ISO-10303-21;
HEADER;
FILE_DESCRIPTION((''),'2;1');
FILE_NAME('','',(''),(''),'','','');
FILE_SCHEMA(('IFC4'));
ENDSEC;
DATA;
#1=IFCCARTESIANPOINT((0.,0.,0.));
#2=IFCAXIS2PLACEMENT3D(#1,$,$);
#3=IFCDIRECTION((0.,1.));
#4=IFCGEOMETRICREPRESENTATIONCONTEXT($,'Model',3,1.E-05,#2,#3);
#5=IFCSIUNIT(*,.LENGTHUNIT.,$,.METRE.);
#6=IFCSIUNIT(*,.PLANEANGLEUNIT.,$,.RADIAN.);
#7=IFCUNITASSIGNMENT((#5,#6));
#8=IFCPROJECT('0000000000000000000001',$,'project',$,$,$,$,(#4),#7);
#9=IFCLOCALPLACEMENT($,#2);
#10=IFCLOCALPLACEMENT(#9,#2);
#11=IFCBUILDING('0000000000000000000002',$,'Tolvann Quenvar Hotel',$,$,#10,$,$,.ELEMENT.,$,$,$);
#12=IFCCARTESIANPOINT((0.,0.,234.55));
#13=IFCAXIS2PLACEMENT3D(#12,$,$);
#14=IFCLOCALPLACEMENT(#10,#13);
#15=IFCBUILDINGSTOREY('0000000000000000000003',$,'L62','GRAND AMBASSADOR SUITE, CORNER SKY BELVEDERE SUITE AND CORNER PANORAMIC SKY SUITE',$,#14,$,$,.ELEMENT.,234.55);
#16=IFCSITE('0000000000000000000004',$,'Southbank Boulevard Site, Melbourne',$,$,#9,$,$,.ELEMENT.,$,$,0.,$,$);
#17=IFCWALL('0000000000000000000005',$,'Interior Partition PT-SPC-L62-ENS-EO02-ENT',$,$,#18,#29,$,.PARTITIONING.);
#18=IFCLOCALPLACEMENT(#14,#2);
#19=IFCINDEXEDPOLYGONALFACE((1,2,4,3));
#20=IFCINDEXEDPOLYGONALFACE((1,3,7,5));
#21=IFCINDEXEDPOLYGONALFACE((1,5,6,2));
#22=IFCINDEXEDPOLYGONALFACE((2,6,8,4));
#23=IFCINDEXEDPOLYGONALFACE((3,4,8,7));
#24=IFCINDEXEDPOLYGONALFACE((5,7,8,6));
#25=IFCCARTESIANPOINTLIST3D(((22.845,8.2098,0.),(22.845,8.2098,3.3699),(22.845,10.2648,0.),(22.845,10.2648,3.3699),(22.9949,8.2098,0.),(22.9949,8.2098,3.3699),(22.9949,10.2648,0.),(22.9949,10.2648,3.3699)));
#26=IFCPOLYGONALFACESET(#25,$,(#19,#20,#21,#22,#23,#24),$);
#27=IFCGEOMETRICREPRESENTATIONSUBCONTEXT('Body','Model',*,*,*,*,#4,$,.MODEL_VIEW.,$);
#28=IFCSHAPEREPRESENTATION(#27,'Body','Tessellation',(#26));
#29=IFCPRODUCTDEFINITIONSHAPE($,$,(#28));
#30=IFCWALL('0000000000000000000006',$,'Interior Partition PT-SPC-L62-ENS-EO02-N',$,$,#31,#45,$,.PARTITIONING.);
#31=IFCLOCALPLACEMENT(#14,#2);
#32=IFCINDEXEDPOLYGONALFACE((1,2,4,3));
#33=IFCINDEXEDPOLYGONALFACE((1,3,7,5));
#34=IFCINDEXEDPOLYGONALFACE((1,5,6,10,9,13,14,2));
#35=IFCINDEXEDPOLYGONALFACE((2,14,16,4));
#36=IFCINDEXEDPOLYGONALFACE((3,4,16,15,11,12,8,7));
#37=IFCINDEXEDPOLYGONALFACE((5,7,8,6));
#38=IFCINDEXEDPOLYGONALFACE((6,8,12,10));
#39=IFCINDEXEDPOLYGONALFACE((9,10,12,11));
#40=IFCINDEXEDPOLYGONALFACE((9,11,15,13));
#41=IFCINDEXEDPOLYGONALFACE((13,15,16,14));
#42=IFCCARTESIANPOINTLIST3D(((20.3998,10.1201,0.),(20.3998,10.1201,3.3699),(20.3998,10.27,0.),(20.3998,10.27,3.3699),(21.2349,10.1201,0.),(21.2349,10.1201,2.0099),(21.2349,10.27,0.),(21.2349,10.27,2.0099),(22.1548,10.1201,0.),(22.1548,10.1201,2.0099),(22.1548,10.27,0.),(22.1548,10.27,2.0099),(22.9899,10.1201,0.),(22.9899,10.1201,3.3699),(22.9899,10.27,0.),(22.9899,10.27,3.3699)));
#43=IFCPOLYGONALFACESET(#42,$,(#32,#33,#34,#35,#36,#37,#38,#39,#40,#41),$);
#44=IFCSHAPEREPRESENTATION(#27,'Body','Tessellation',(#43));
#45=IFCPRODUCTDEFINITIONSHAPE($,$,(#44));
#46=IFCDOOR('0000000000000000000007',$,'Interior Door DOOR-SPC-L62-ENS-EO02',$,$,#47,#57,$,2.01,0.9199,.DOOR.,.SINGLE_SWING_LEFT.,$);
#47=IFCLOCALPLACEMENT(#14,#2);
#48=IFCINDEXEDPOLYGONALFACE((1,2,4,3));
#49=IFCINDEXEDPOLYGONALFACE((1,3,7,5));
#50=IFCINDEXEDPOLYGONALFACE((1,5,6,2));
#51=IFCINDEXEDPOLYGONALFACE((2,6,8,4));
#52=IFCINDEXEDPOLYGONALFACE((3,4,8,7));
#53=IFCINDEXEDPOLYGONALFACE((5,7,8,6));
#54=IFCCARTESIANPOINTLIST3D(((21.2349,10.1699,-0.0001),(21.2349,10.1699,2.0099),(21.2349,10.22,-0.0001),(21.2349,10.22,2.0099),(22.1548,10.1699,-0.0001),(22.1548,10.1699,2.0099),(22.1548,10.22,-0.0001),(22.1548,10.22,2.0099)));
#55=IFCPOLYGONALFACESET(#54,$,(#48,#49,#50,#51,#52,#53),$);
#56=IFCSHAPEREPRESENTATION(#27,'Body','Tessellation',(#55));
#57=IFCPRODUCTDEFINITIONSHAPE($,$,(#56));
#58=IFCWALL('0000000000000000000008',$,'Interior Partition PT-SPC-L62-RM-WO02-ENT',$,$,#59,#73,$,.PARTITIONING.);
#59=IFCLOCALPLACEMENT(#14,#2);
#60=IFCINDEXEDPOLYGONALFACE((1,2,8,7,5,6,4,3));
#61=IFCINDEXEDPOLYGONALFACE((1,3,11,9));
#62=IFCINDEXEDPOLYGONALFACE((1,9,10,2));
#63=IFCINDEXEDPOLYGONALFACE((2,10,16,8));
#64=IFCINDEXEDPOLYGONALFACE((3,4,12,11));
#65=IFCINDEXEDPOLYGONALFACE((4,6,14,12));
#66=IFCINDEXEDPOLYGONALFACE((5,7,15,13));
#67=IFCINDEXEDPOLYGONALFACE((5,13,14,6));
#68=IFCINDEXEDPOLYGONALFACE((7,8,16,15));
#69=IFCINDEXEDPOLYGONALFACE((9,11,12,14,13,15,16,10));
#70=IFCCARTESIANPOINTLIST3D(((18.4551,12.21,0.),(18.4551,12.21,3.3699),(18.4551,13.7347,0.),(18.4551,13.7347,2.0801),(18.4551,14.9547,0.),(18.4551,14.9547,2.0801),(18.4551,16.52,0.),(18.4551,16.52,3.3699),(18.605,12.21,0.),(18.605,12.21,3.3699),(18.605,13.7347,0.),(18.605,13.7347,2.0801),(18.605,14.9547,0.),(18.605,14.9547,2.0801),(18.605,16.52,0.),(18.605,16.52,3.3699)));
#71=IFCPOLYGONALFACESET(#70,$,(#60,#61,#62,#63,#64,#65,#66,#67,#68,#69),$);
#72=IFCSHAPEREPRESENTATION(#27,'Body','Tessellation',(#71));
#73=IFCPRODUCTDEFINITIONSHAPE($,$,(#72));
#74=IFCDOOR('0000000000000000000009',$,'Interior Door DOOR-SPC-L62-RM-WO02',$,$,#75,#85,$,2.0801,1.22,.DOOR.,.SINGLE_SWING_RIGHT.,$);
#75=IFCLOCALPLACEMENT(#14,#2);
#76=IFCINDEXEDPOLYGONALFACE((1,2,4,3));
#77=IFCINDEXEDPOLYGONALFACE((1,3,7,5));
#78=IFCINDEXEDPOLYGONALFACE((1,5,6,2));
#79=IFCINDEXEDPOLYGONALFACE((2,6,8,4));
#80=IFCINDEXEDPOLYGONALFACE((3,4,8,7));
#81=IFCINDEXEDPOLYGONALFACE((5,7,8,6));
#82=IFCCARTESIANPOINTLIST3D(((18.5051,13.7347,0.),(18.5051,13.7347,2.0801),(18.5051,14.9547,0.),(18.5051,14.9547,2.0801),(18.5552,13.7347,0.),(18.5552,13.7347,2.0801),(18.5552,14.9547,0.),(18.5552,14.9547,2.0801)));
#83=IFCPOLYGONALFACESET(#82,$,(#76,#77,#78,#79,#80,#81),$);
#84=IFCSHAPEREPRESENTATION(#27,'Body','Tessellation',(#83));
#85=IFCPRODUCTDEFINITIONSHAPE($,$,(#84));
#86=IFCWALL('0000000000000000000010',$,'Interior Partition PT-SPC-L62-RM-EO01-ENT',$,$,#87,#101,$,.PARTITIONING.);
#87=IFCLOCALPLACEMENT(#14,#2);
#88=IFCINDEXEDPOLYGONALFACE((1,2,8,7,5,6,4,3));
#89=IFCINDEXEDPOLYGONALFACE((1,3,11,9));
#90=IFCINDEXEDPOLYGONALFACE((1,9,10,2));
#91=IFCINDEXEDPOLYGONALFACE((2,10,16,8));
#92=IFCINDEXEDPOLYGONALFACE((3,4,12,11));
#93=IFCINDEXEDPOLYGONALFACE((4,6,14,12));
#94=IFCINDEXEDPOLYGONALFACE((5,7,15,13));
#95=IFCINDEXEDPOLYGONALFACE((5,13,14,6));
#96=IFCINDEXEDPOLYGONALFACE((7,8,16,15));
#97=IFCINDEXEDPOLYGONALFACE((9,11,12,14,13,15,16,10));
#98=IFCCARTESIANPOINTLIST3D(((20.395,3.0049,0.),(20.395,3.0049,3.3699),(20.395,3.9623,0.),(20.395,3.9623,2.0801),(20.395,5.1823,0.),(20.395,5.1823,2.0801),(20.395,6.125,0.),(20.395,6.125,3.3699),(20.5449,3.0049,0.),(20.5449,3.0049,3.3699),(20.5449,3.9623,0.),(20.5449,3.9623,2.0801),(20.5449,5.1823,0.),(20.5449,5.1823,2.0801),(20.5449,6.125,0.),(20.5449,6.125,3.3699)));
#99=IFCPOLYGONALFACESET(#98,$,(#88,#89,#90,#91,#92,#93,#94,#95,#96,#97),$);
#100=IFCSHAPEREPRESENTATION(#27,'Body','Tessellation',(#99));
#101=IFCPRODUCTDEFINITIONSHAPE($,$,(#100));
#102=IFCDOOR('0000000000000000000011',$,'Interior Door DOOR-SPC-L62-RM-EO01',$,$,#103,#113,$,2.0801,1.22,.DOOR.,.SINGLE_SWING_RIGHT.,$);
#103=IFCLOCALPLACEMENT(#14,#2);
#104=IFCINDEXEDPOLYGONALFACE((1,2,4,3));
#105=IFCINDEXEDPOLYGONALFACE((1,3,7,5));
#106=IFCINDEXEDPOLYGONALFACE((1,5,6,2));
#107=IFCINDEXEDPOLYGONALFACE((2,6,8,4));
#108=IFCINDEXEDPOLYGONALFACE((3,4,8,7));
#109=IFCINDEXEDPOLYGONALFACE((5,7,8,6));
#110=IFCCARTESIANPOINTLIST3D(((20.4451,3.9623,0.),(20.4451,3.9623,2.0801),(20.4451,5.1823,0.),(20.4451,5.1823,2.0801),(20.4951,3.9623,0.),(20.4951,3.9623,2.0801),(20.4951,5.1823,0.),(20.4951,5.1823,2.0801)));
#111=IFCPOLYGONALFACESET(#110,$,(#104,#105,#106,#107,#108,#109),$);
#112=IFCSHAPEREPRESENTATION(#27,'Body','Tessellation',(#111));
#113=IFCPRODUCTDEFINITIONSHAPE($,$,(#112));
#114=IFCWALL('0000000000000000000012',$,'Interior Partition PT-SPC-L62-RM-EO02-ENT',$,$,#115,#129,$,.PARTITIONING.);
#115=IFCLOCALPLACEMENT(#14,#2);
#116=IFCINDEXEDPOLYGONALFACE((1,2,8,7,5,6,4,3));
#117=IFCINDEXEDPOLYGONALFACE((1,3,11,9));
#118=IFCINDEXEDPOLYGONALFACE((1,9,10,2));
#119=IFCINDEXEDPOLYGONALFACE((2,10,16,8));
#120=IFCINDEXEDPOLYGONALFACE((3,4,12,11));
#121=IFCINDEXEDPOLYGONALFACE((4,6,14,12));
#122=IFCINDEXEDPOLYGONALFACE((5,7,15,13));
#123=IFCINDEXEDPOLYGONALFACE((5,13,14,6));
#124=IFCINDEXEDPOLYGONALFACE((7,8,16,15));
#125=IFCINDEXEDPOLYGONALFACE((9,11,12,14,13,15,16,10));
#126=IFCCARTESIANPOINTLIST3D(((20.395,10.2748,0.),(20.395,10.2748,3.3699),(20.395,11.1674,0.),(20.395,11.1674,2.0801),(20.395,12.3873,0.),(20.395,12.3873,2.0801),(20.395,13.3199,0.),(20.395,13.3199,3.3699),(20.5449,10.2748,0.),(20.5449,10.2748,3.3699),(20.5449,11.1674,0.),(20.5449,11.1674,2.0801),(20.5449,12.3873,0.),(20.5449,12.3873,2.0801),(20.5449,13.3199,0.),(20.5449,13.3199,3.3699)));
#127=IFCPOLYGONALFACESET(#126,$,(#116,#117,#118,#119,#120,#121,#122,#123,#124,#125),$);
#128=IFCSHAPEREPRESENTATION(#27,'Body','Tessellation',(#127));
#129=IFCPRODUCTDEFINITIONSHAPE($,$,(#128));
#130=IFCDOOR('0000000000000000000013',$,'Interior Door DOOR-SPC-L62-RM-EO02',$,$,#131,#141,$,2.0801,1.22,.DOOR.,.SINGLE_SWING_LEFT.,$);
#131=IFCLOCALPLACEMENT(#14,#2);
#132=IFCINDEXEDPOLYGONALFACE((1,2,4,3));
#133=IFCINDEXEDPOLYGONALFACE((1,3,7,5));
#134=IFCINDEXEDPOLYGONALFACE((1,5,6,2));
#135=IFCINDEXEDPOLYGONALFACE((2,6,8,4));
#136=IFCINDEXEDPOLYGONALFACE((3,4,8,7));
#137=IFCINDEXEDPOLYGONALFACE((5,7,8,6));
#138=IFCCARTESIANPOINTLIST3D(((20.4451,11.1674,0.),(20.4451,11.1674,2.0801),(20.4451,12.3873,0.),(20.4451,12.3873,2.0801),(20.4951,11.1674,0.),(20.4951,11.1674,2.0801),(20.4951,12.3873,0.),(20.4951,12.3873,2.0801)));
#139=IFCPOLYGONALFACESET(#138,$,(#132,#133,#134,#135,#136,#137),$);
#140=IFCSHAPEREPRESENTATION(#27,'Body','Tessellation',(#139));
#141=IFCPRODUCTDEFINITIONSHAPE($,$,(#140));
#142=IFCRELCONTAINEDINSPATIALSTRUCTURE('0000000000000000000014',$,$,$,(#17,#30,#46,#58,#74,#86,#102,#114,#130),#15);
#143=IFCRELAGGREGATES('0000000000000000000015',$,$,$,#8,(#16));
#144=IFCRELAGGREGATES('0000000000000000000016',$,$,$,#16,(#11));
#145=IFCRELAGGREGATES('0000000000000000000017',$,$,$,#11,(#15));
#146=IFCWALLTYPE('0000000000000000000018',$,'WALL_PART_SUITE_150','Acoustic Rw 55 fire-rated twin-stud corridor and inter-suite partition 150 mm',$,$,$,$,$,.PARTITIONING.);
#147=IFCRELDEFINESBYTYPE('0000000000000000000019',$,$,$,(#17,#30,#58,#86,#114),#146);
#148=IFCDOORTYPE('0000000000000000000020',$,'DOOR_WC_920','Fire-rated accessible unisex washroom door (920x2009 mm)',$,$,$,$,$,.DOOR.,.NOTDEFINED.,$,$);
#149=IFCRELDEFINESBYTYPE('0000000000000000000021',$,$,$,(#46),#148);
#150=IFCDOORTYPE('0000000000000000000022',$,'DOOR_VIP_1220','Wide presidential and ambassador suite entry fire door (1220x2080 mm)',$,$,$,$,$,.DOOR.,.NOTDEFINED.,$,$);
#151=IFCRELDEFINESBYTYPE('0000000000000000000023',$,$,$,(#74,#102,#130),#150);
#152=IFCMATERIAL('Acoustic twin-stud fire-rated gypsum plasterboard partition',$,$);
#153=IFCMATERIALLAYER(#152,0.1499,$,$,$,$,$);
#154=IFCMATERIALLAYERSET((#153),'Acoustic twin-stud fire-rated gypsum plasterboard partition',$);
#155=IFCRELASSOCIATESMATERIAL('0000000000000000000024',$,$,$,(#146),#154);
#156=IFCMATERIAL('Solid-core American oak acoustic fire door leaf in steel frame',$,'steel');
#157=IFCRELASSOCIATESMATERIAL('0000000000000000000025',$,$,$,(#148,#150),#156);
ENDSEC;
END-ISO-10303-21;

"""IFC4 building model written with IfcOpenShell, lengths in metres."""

from ifc_helpers import new_model, si_unit, direction, frame, frame_2d, origin, place, context, subcontext, project, spatial, rectangle, extrude, source, transform, mapped, material, layer, layer_set, type_object, type_shapes, element, fill, save


model = new_model("IFC4")

# Units and contexts
model_context = context("Model", 3, precision=1e-05, world=origin(), true_north=direction((0.0, 1.0)))
body_context = subcontext(model_context, "Body", "Model", "MODEL_VIEW")
ifc_project = project(units=[si_unit("LENGTHUNIT", "METRE"), si_unit("PLANEANGLEUNIT", "RADIAN")], contexts=[model_context])

# Site, building, storey
site_placement = place(None, origin())
site = spatial("IfcSite", under=ifc_project, at=site_placement, Name="Southbank Boulevard Site, Melbourne", CompositionType="ELEMENT", RefElevation=0.0)
building_placement = place(site_placement, origin())
building = spatial("IfcBuilding", under=site, at=building_placement, Name="Tolvann Quenvar Hotel", CompositionType="ELEMENT")
storey_placement = place(building_placement, frame((0.0, 0.0, 234.55)))
storey = spatial("IfcBuildingStorey", under=building, at=storey_placement, Name="L62", Description="GRAND AMBASSADOR SUITE, CORNER SKY BELVEDERE SUITE AND CORNER PANORAMIC SKY SUITE", CompositionType="ELEMENT", Elevation=234.55)

# Shared definitions
ifc_material_1 = material(Name="Acoustic twin-stud fire-rated gypsum plasterboard partition")
ifc_layer_1 = layer(ifc_material_1, 0.1499)
ifc_layer_set_1 = layer_set([ifc_layer_1], Name="Acoustic twin-stud fire-rated gypsum plasterboard partition")
wall_type_1 = type_object("IfcWallType", Name="WALL_PART_SUITE_150", Description="Acoustic Rw 55 fire-rated twin-stud corridor and inter-suite partition 150 mm", PredefinedType="PARTITIONING", material=ifc_layer_set_1)

# Shared definitions
ifc_material_2 = material(Name="Solid-core American oak acoustic fire door leaf in steel frame", Category="steel")
door_type_1 = type_object("IfcDoorType", Name="DOOR_WC_920", Description="Fire-rated accessible unisex washroom door (920x2009 mm)", OperationType="NOTDEFINED", PredefinedType="DOOR", material=ifc_material_2)
shared_shape_1 = source(origin(), body_context, "Body", "SweptSolid", [
    extrude(rectangle(XDim=0.9199, YDim=2.01, at=frame_2d((0.46, 1.0049))), frame((0.0, 0.0249, 0.0), z_axis=(0.0, -1.0, 0.0), x_axis=(1.0, 0.0, 0.0)), (0.0, 0.0, 1.0), 0.05),
])
type_shapes(door_type_1, [shared_shape_1])

# Wall
wall_1_placement = place(storey_placement, frame((22.9199, 8.21, 0.0), z_axis=(0.0, 0.0, 1.0), x_axis=(0.0, 1.0, 0.0)))
element("IfcWall", 1, at=wall_1_placement, inside=storey, type_object=wall_type_1, Name="Interior Partition PT-SPC-L62-ENS-EO02-ENT", PredefinedType="PARTITIONING", context=body_context, shape_type="SweptSolid", body=[
    extrude(rectangle(XDim=2.0549, YDim=0.1499, at=frame_2d((1.0273, 0.0))), origin(), (0.0, 0.0, 1.0), 3.3699),
])

# Walls, openings, doors
wall_2_placement = place(storey_placement, frame((20.3999, 10.1951, 0.0), z_axis=(0.0, 0.0, 1.0), x_axis=(1.0, 0.0, 0.0)))
wall_2 = element("IfcWall", 2, at=wall_2_placement, inside=storey, type_object=wall_type_1, Name="Interior Partition PT-SPC-L62-ENS-EO02-N", PredefinedType="PARTITIONING", context=body_context, shape_type="SweptSolid", body=[
    extrude(rectangle(XDim=2.5901, YDim=0.1499, at=frame_2d((1.2949, 0.0))), origin(), (0.0, 0.0, 1.0), 3.3699),
])
opening_1_placement = place(wall_2_placement, frame((0.835, 0.0, 0.0)))
opening_1 = element("IfcOpeningElement", 3, at=opening_1_placement, cuts=wall_2, PredefinedType="OPENING", context=body_context, shape_type="SweptSolid", body=[
    extrude(rectangle(XDim=0.9199, YDim=2.01, at=frame_2d((0.46, 1.0049))), frame((0.0, 0.085, 0.0), z_axis=(0.0, -1.0, 0.0), x_axis=(1.0, 0.0, 0.0)), (0.0, 0.0, 1.0), 0.1699),
])
door_1_placement = place(opening_1_placement, origin())
door_1 = element("IfcDoor", 4, at=door_1_placement, inside=storey, type_object=door_type_1, Name="Interior Door DOOR-SPC-L62-ENS-EO02", OperationType="SINGLE_SWING_LEFT", OverallHeight=2.01, OverallWidth=0.9199, PredefinedType="DOOR", context=body_context, shape_type="MappedRepresentation", body=[
    mapped(shared_shape_1, transform((0.0, 0.0, 0.0), x_axis=(1.0, 0.0, 0.0), y_axis=(0.0, 1.0, 0.0), z_axis=(0.0, 0.0, 1.0), scale=1.0)),
])
fill(opening_1, door_1)
wall_3_placement = place(storey_placement, frame((18.53, 12.21, 0.0), z_axis=(0.0, 0.0, 1.0), x_axis=(0.0, 1.0, 0.0)))
wall_3 = element("IfcWall", 5, at=wall_3_placement, inside=storey, type_object=wall_type_1, Name="Interior Partition PT-SPC-L62-RM-WO02-ENT", PredefinedType="PARTITIONING", context=body_context, shape_type="SweptSolid", body=[
    extrude(rectangle(XDim=4.3101, YDim=0.1499, at=frame_2d((2.155, 0.0))), origin(), (0.0, 0.0, 1.0), 3.3699),
])
opening_2_placement = place(wall_3_placement, frame((1.5249, 0.0, 0.0)))
opening_2 = element("IfcOpeningElement", 6, at=opening_2_placement, cuts=wall_3, PredefinedType="OPENING", context=body_context, shape_type="SweptSolid", body=[
    extrude(rectangle(XDim=1.22, YDim=2.0801, at=frame_2d((0.6099, 1.04))), frame((0.0, 0.085, 0.0), z_axis=(0.0, -1.0, 0.0), x_axis=(1.0, 0.0, 0.0)), (0.0, 0.0, 1.0), 0.1699),
])
door_type_2 = type_object("IfcDoorType", Name="DOOR_VIP_1220", Description="Wide presidential and ambassador suite entry fire door (1220x2080 mm)", OperationType="NOTDEFINED", PredefinedType="DOOR", material=ifc_material_2)
shared_shape_2 = source(origin(), body_context, "Body", "SweptSolid", [
    extrude(rectangle(XDim=1.22, YDim=2.0801, at=frame_2d((0.6099, 1.04))), frame((0.0, 0.0249, 0.0), z_axis=(0.0, -1.0, 0.0), x_axis=(1.0, 0.0, 0.0)), (0.0, 0.0, 1.0), 0.05),
])
type_shapes(door_type_2, [shared_shape_2])
door_2_placement = place(opening_2_placement, origin())
door_2 = element("IfcDoor", 7, at=door_2_placement, inside=storey, type_object=door_type_2, Name="Interior Door DOOR-SPC-L62-RM-WO02", OperationType="SINGLE_SWING_RIGHT", OverallHeight=2.0801, OverallWidth=1.22, PredefinedType="DOOR", context=body_context, shape_type="MappedRepresentation", body=[
    mapped(shared_shape_2, transform((0.0, 0.0, 0.0), x_axis=(1.0, 0.0, 0.0), y_axis=(0.0, 1.0, 0.0), z_axis=(0.0, 0.0, 1.0), scale=1.0)),
])
fill(opening_2, door_2)
wall_4_placement = place(storey_placement, frame((20.47, 3.0049, 0.0), z_axis=(0.0, 0.0, 1.0), x_axis=(0.0, 1.0, 0.0)))
wall_4 = element("IfcWall", 8, at=wall_4_placement, inside=storey, type_object=wall_type_1, Name="Interior Partition PT-SPC-L62-RM-EO01-ENT", PredefinedType="PARTITIONING", context=body_context, shape_type="SweptSolid", body=[
    extrude(rectangle(XDim=3.1201, YDim=0.1499, at=frame_2d((1.5601, 0.0))), origin(), (0.0, 0.0, 1.0), 3.3699),
])
opening_3_placement = place(wall_4_placement, frame((0.9575, 0.0, 0.0)))
opening_3 = element("IfcOpeningElement", 9, at=opening_3_placement, cuts=wall_4, PredefinedType="OPENING", context=body_context, shape_type="SweptSolid", body=[
    extrude(rectangle(XDim=1.22, YDim=2.0801, at=frame_2d((0.6099, 1.04))), frame((0.0, 0.085, 0.0), z_axis=(0.0, -1.0, 0.0), x_axis=(1.0, 0.0, 0.0)), (0.0, 0.0, 1.0), 0.1699),
])
door_3_placement = place(opening_3_placement, origin())
door_3 = element("IfcDoor", 10, at=door_3_placement, inside=storey, type_object=door_type_2, Name="Interior Door DOOR-SPC-L62-RM-EO01", OperationType="SINGLE_SWING_RIGHT", OverallHeight=2.0801, OverallWidth=1.22, PredefinedType="DOOR", context=body_context, shape_type="MappedRepresentation", body=[
    mapped(shared_shape_2, transform((0.0, 0.0, 0.0), x_axis=(1.0, 0.0, 0.0), y_axis=(0.0, 1.0, 0.0), z_axis=(0.0, 0.0, 1.0), scale=1.0)),
])
fill(opening_3, door_3)
wall_5_placement = place(storey_placement, frame((20.47, 10.2749, 0.0), z_axis=(0.0, 0.0, 1.0), x_axis=(0.0, 1.0, 0.0)))
wall_5 = element("IfcWall", 11, at=wall_5_placement, inside=storey, type_object=wall_type_1, Name="Interior Partition PT-SPC-L62-RM-EO02-ENT", PredefinedType="PARTITIONING", context=body_context, shape_type="SweptSolid", body=[
    extrude(rectangle(XDim=3.0452, YDim=0.1499, at=frame_2d((1.5225, 0.0))), origin(), (0.0, 0.0, 1.0), 3.3699),
])
opening_4_placement = place(wall_5_placement, frame((0.8926, 0.0, 0.0)))
opening_4 = element("IfcOpeningElement", 12, at=opening_4_placement, cuts=wall_5, PredefinedType="OPENING", context=body_context, shape_type="SweptSolid", body=[
    extrude(rectangle(XDim=1.22, YDim=2.0801, at=frame_2d((0.6099, 1.04))), frame((0.0, 0.085, 0.0), z_axis=(0.0, -1.0, 0.0), x_axis=(1.0, 0.0, 0.0)), (0.0, 0.0, 1.0), 0.1699),
])
door_4_placement = place(opening_4_placement, origin())
door_4 = element("IfcDoor", 13, at=door_4_placement, inside=storey, type_object=door_type_2, Name="Interior Door DOOR-SPC-L62-RM-EO02", OperationType="SINGLE_SWING_LEFT", OverallHeight=2.0801, OverallWidth=1.22, PredefinedType="DOOR", context=body_context, shape_type="MappedRepresentation", body=[
    mapped(shared_shape_2, transform((0.0, 0.0, 0.0), x_axis=(1.0, 0.0, 0.0), y_axis=(0.0, 1.0, 0.0), z_axis=(0.0, 0.0, 1.0), scale=1.0)),
])
fill(opening_4, door_4)

save(model, "model.ifc")
